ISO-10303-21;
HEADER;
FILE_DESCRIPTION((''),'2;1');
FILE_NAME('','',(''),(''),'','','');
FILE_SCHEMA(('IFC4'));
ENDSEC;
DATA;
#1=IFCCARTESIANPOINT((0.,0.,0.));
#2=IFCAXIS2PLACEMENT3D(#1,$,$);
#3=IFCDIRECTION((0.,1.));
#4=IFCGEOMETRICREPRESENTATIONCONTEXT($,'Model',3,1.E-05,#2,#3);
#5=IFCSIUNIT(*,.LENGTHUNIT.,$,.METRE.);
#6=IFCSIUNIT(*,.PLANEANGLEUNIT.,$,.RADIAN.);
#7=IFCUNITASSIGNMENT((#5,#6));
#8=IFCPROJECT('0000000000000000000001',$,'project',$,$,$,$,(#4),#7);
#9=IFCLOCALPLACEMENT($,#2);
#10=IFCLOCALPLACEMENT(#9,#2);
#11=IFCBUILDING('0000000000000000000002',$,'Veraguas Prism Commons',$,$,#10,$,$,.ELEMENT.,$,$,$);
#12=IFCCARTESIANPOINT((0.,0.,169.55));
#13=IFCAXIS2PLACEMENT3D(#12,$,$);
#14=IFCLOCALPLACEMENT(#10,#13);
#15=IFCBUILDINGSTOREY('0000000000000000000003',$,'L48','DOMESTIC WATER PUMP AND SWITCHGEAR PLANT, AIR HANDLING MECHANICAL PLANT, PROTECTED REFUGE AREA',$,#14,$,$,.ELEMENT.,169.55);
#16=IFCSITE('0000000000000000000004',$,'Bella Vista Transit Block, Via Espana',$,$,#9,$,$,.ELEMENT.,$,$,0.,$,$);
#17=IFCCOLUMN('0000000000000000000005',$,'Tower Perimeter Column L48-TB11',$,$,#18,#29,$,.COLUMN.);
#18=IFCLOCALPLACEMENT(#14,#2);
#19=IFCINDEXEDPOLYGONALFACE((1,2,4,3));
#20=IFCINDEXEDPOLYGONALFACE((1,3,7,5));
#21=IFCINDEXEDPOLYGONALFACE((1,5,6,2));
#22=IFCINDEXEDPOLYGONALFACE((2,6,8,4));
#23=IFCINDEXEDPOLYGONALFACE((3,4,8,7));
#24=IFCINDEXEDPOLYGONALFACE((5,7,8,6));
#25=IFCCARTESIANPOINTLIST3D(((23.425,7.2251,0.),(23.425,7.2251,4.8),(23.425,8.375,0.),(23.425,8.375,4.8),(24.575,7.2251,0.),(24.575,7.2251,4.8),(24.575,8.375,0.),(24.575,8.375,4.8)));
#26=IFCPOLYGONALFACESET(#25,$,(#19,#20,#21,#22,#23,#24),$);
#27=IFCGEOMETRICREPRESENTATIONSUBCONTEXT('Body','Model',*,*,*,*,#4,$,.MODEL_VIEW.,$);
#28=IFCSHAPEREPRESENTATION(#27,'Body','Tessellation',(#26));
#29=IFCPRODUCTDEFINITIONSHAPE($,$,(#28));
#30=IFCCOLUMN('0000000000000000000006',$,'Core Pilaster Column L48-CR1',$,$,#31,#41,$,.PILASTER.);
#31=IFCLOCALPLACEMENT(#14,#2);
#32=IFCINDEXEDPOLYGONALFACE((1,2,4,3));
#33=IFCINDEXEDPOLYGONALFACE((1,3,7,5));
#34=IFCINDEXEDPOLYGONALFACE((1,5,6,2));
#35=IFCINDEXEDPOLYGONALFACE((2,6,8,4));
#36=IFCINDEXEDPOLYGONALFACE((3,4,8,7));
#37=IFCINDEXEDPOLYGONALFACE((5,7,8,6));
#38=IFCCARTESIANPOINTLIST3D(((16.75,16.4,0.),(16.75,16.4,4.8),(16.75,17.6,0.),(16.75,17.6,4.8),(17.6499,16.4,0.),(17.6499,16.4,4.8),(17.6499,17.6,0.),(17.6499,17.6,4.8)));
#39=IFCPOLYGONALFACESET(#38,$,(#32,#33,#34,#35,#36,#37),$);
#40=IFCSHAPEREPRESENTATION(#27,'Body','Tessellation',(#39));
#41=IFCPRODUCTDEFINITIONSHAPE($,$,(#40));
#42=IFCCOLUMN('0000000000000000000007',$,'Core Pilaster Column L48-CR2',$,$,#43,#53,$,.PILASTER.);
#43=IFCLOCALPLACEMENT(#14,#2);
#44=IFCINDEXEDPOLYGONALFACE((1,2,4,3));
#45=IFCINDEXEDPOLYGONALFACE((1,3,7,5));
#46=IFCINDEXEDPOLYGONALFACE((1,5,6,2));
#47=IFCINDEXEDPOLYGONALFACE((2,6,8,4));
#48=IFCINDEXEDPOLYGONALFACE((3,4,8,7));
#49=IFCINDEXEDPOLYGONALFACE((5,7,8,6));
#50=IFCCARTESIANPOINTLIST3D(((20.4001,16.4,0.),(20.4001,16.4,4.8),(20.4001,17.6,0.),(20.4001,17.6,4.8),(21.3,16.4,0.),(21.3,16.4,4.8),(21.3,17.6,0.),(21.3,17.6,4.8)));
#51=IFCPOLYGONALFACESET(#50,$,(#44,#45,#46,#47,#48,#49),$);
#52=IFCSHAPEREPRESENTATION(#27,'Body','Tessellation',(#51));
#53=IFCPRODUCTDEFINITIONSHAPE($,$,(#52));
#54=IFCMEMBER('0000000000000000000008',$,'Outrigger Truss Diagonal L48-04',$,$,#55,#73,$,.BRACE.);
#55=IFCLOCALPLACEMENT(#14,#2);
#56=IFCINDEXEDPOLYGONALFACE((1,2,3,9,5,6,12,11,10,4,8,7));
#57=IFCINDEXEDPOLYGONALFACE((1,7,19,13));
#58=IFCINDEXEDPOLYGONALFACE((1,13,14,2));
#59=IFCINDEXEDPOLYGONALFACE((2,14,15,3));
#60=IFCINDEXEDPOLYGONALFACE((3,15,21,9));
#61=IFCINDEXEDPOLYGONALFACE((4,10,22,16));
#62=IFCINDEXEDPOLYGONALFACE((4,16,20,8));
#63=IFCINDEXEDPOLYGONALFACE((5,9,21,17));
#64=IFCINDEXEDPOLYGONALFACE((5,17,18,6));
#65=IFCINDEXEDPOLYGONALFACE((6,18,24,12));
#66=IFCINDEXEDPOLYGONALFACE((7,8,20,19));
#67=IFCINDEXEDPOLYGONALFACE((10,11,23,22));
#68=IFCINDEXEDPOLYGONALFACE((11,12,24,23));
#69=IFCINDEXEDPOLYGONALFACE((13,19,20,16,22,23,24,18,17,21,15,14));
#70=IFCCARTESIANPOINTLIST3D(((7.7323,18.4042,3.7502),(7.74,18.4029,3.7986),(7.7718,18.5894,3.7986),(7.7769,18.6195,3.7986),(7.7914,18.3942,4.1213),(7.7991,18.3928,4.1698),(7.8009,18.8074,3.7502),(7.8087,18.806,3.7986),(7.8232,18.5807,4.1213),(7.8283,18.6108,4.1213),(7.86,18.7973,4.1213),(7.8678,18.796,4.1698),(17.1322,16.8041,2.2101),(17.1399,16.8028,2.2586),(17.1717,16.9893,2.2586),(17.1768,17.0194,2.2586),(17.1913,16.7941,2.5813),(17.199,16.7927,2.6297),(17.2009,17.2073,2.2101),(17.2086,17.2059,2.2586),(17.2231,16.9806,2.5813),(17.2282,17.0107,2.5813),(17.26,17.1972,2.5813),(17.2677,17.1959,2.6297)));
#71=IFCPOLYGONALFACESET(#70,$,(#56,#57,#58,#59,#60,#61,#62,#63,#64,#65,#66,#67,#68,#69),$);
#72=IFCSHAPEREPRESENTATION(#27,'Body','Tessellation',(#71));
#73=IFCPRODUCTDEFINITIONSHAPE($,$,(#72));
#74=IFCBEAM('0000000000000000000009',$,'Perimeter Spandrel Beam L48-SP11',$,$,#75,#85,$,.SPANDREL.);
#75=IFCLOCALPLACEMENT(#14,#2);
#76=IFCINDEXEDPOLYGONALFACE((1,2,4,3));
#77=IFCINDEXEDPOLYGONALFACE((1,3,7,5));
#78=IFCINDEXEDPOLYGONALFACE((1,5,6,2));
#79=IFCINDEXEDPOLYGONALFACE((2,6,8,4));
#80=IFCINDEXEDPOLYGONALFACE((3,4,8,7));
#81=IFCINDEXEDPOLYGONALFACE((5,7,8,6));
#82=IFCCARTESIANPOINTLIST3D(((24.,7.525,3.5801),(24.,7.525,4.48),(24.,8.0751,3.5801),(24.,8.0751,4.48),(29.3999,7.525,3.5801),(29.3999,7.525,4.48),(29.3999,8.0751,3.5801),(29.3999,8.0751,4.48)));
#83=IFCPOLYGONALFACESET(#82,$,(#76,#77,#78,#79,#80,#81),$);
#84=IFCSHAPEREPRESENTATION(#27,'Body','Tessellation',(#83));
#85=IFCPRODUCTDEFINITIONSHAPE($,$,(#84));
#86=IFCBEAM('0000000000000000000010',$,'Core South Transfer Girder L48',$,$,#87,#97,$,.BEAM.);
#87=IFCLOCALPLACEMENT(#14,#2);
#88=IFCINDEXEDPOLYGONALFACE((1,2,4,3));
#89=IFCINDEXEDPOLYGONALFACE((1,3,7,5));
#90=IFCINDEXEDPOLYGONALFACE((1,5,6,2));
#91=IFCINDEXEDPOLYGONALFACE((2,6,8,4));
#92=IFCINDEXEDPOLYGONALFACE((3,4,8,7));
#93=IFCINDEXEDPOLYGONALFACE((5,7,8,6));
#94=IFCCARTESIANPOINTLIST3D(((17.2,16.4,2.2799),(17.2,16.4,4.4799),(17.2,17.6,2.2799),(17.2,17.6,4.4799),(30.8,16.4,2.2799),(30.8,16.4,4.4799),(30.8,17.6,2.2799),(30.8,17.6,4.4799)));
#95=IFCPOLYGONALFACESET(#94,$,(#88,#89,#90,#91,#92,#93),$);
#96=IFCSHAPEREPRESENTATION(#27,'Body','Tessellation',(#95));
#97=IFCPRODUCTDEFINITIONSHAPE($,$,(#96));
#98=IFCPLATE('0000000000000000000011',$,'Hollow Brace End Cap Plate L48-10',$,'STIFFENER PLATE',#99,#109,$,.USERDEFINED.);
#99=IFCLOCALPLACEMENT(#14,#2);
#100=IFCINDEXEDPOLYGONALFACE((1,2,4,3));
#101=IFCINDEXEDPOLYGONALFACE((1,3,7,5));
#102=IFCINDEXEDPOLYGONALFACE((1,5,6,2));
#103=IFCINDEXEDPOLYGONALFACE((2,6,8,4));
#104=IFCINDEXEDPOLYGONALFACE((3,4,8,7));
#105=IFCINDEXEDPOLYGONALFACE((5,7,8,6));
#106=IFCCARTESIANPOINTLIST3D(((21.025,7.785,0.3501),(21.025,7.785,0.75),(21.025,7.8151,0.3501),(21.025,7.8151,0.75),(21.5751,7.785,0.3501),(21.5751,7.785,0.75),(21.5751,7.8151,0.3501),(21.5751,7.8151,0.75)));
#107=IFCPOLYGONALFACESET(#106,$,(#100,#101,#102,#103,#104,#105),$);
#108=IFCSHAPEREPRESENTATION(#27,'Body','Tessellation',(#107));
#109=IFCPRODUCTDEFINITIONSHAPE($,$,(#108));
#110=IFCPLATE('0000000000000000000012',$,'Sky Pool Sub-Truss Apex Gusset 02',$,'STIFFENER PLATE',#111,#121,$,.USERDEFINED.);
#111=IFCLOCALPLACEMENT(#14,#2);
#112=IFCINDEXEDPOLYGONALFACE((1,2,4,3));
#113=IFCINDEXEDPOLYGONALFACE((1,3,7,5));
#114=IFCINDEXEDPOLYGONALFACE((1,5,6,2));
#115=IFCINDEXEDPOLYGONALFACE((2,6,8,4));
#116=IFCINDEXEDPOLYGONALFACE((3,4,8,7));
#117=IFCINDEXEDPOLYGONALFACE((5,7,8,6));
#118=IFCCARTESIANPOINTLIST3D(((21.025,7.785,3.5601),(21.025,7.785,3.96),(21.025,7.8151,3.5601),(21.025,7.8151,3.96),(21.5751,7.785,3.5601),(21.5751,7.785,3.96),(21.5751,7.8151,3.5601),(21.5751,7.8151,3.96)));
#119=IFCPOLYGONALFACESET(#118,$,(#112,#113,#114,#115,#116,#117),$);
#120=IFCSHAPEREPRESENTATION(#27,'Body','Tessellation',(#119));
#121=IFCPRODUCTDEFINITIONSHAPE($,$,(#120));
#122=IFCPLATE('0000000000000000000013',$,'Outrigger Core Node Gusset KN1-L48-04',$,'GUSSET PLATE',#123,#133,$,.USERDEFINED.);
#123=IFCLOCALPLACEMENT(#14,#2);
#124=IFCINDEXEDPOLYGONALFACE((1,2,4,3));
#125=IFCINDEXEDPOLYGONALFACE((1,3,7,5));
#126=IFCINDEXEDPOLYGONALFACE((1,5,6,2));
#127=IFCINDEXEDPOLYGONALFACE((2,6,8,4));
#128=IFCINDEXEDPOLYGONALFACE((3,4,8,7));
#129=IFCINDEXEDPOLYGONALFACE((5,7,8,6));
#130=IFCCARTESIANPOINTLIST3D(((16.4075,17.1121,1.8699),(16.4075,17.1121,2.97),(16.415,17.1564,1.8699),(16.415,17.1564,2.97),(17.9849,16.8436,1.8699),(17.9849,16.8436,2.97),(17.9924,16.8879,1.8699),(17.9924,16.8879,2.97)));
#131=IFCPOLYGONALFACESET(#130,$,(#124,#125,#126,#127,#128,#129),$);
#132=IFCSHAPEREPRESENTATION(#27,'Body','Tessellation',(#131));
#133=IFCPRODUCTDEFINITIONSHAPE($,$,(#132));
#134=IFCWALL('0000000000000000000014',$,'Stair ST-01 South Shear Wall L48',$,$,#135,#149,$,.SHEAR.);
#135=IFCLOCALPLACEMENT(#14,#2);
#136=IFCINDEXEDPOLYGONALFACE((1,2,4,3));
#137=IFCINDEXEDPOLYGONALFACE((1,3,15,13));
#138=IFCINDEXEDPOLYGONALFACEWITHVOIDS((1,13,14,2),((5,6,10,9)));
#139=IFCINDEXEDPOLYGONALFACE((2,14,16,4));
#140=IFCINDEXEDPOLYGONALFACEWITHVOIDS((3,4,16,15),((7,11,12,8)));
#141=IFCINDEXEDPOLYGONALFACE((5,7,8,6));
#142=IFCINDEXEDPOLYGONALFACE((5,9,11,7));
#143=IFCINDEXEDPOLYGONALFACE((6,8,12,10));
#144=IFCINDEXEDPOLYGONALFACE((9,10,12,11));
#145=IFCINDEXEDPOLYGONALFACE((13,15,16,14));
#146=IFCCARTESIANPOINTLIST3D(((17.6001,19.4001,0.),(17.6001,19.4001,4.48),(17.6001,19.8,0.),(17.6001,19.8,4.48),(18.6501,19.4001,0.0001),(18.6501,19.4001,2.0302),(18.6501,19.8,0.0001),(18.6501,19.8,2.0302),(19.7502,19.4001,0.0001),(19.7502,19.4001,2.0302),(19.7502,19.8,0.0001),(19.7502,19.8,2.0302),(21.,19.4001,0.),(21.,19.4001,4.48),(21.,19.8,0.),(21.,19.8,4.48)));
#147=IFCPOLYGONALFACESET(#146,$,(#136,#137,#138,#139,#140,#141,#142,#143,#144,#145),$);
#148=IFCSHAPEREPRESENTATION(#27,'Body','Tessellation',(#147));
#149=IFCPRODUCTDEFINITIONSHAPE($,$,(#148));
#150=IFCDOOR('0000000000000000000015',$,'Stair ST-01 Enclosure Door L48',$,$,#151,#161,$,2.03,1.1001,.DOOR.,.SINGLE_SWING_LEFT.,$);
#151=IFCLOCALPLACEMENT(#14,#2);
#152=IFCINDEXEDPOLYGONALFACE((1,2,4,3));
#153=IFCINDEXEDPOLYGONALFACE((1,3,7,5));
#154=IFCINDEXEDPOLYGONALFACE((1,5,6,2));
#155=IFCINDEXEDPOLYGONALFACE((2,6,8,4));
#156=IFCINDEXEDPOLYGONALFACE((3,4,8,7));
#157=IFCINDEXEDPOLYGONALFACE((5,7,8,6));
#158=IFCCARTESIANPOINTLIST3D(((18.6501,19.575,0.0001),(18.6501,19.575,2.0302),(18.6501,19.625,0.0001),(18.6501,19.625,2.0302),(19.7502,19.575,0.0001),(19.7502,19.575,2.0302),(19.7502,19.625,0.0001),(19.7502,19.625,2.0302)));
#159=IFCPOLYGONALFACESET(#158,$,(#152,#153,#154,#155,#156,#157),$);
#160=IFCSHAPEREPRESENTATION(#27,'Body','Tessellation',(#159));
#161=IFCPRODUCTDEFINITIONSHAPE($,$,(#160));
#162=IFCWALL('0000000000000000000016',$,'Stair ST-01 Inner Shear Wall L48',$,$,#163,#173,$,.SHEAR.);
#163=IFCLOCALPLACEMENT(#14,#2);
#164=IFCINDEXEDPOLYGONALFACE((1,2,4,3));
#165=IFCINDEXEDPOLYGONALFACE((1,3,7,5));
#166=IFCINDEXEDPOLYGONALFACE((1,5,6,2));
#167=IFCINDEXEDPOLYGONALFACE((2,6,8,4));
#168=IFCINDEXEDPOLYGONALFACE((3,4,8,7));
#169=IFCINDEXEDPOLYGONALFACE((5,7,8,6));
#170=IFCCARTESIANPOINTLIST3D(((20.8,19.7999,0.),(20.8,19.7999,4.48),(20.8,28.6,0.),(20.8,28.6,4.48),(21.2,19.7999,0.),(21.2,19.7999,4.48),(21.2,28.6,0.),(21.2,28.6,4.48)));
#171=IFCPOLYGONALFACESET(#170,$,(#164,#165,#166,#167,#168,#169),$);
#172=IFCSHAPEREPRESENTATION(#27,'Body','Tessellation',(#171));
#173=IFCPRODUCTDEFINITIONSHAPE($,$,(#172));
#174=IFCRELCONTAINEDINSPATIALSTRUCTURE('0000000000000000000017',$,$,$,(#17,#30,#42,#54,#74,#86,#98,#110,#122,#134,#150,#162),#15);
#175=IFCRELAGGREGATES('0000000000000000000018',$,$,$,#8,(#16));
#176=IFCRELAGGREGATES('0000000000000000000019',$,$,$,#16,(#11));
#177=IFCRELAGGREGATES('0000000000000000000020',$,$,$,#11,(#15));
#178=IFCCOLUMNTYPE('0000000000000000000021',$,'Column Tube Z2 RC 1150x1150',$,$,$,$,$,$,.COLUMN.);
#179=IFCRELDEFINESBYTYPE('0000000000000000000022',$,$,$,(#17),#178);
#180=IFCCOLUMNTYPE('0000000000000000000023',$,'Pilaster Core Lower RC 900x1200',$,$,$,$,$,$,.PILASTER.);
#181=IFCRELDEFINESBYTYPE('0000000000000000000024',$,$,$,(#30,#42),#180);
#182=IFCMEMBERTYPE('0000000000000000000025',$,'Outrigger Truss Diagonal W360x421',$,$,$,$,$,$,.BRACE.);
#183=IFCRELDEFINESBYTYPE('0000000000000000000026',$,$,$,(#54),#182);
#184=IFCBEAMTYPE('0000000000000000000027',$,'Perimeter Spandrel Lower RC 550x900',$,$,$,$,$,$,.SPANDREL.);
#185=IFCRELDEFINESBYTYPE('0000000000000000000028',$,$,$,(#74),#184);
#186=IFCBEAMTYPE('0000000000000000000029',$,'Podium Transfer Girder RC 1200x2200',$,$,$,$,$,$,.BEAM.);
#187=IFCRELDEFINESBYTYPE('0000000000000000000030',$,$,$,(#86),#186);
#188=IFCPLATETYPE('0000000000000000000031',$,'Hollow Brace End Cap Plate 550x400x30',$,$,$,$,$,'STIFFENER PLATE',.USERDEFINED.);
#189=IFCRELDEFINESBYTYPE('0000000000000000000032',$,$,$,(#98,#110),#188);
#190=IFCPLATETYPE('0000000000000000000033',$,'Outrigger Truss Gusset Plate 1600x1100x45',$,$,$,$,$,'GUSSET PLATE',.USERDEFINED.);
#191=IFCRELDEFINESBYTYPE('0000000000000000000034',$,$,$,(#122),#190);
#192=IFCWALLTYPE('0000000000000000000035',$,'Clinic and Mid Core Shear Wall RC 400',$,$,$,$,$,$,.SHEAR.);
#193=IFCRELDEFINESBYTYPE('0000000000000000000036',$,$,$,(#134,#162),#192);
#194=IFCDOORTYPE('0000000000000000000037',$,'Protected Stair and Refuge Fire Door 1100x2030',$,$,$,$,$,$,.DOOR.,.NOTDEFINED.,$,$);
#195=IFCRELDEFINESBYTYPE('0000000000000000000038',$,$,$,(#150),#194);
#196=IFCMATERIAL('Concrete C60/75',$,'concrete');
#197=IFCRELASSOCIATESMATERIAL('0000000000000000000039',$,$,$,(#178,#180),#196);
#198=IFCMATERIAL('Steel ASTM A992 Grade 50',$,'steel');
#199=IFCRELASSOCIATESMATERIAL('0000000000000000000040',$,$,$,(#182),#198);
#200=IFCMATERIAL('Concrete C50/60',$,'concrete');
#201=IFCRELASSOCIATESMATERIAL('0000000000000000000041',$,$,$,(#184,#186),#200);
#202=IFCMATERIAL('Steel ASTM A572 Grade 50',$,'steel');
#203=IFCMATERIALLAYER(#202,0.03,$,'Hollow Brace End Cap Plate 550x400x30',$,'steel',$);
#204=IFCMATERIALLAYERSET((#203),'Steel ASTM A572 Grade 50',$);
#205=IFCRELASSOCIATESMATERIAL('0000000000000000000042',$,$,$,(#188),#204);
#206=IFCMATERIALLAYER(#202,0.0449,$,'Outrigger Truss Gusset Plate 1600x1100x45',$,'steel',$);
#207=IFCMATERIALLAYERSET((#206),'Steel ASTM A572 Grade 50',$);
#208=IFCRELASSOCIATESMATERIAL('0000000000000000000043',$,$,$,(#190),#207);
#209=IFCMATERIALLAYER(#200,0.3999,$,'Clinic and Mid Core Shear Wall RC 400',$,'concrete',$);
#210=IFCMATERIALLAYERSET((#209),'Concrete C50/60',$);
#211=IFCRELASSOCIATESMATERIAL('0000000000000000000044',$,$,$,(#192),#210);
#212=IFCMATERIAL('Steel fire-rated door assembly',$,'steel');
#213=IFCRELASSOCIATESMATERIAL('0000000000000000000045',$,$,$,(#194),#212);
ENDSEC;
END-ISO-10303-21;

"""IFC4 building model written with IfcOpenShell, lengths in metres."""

from ifc_helpers import new_model, si_unit, direction, frame, frame_2d, origin, origin_2d, place, context, subcontext, project, spatial, rectangle, i_section, extrude, source, transform, mapped, material, layer, layer_set, material_profile, profile_set, type_object, element, fill, save


model = new_model("IFC4")

# Units and contexts
model_context = context("Model", 3, precision=1e-05, world=origin(), true_north=direction((0.0, 1.0)))
body_context = subcontext(model_context, "Body", "Model", "MODEL_VIEW")
ifc_project = project(units=[si_unit("LENGTHUNIT", "METRE"), si_unit("PLANEANGLEUNIT", "RADIAN")], contexts=[model_context])

# Site, building, storey
site_placement = place(None, origin())
site = spatial("IfcSite", under=ifc_project, at=site_placement, Name="Bella Vista Transit Block, Via Espana", CompositionType="ELEMENT", RefElevation=0.0)
building_placement = place(site_placement, origin())
building = spatial("IfcBuilding", under=site, at=building_placement, Name="Veraguas Prism Commons", CompositionType="ELEMENT")
storey_placement = place(building_placement, frame((0.0, 0.0, 169.55)))
storey = spatial("IfcBuildingStorey", under=building, at=storey_placement, Name="L48", Description="DOMESTIC WATER PUMP AND SWITCHGEAR PLANT, AIR HANDLING MECHANICAL PLANT, PROTECTED REFUGE AREA", CompositionType="ELEMENT", Elevation=169.55)

# Columns
ifc_material_1 = material(Name="Concrete C60/75", Category="concrete")
ifc_material_profile_1 = material_profile(ifc_material_1, rectangle(XDim=1.1499, YDim=1.1499, at=origin_2d()), Name="RC1150X1150")
ifc_profile_set_1 = profile_set([ifc_material_profile_1], Name="Concrete C60/75")
column_type_1 = type_object("IfcColumnType", Name="Column Tube Z2 RC 1150x1150", PredefinedType="COLUMN", material=ifc_profile_set_1)
column_placement = place(storey_placement, frame((24.0, 7.8, 0.0), z_axis=(0.0, 0.0, 1.0), x_axis=(1.0, 0.0, 0.0)))
element("IfcColumn", 1, at=column_placement, inside=storey, type_object=column_type_1, Name="Tower Perimeter Column L48-TB11", PredefinedType="COLUMN", context=body_context, shape_type="SweptSolid", body=[
    extrude(rectangle(XDim=1.1499, YDim=1.1499, at=origin_2d()), origin(), (0.0, 0.0, 1.0), 4.8),
])
ifc_material_profile_2 = material_profile(ifc_material_1, rectangle(XDim=0.8999, YDim=1.2, at=origin_2d()), Name="RC900X1200")
ifc_profile_set_2 = profile_set([ifc_material_profile_2], Name="Concrete C60/75")
column_type_2 = type_object("IfcColumnType", Name="Pilaster Core Lower RC 900x1200", PredefinedType="PILASTER", material=ifc_profile_set_2)
for number, where, z_axis, x_axis, name in (
    (2, (17.2, 17.0, 0.0), (0.0, 0.0, 1.0), (1.0, 0.0, 0.0), "Core Pilaster Column L48-CR1"),
    (3, (20.8501, 17.0, 0.0), (0.0, 0.0, 1.0), (1.0, 0.0, 0.0), "Core Pilaster Column L48-CR2"),
):
    element("IfcColumn", number, at=place(storey_placement, frame(where, z_axis=z_axis, x_axis=x_axis)), inside=storey, type_object=column_type_2, Name=name, PredefinedType="PILASTER", context=body_context, shape_type="SweptSolid", body=[
        extrude(rectangle(XDim=0.8999, YDim=1.2, at=origin_2d()), origin(), (0.0, 0.0, 1.0), 4.8),
    ])

# Member
ifc_material_2 = material(Name="Steel ASTM A992 Grade 50", Category="steel")
ifc_material_profile_3 = material_profile(ifc_material_2, i_section(OverallWidth=0.4089, OverallDepth=0.425, WebThickness=0.0305, FlangeThickness=0.0491, at=origin_2d()), Name="W360X421")
ifc_profile_set_3 = profile_set([ifc_material_profile_3], Name="Steel ASTM A992 Grade 50")
member_type = type_object("IfcMemberType", Name="Outrigger Truss Diagonal W360x421", PredefinedType="BRACE", material=ifc_profile_set_3)
member_placement = place(storey_placement, frame((17.2, 17.0, 2.4199), z_axis=(-0.973207, 0.165664, 0.159446), x_axis=(-0.167811, -0.985819, 0.0)))
element("IfcMember", 4, at=member_placement, inside=storey, type_object=member_type, Name="Outrigger Truss Diagonal L48-04", PredefinedType="BRACE", context=body_context, shape_type="SweptSolid", body=[
    extrude(i_section(OverallWidth=0.4089, OverallDepth=0.425, WebThickness=0.0305, FlangeThickness=0.0491, at=origin_2d()), origin(), (0.0, 0.0, 1.0), 9.6587),
])

# Beams
ifc_material_3 = material(Name="Concrete C50/60", Category="concrete")
ifc_material_profile_4 = material_profile(ifc_material_3, rectangle(XDim=0.55, YDim=0.8999, at=origin_2d()), Name="RC550X900")
ifc_profile_set_4 = profile_set([ifc_material_profile_4], Name="Concrete C50/60")
beam_type_1 = type_object("IfcBeamType", Name="Perimeter Spandrel Lower RC 550x900", PredefinedType="SPANDREL", material=ifc_profile_set_4)
beam_1_placement = place(storey_placement, frame((24.0, 7.8, 4.03), z_axis=(1.0, 0.0, 0.0), x_axis=(0.0, 1.0, 0.0)))
element("IfcBeam", 5, at=beam_1_placement, inside=storey, type_object=beam_type_1, Name="Perimeter Spandrel Beam L48-SP11", PredefinedType="SPANDREL", context=body_context, shape_type="SweptSolid", body=[
    extrude(rectangle(XDim=0.55, YDim=0.8999, at=origin_2d()), origin(), (0.0, 0.0, 1.0), 5.3999),
])
ifc_material_profile_5 = material_profile(ifc_material_3, rectangle(XDim=1.2, YDim=2.2, at=origin_2d()), Name="RC1200X2200")
ifc_profile_set_5 = profile_set([ifc_material_profile_5], Name="Concrete C50/60")
beam_type_2 = type_object("IfcBeamType", Name="Podium Transfer Girder RC 1200x2200", PredefinedType="BEAM", material=ifc_profile_set_5)
beam_2_placement = place(storey_placement, frame((17.2, 17.0, 3.3799), z_axis=(1.0, 0.0, 0.0), x_axis=(0.0, 1.0, 0.0)))
element("IfcBeam", 6, at=beam_2_placement, inside=storey, type_object=beam_type_2, Name="Core South Transfer Girder L48", PredefinedType="BEAM", context=body_context, shape_type="SweptSolid", body=[
    extrude(rectangle(XDim=1.2, YDim=2.2, at=origin_2d()), origin(), (0.0, 0.0, 1.0), 13.6001),
])

# Plates
ifc_material_4 = material(Name="Steel ASTM A572 Grade 50", Category="steel")
ifc_layer_1 = layer(ifc_material_4, 0.03, Name="Hollow Brace End Cap Plate 550x400x30", Category="steel")
ifc_layer_set_1 = layer_set([ifc_layer_1], Name="Steel ASTM A572 Grade 50")
plate_type_1 = type_object("IfcPlateType", Name="Hollow Brace End Cap Plate 550x400x30", ElementType="STIFFENER PLATE", PredefinedType="USERDEFINED", material=ifc_layer_set_1)
shared_shape_1 = source(origin(), body_context, "Body", "SweptSolid", [
    extrude(rectangle(XDim=0.55, YDim=0.03, at=origin_2d()), origin(), (0.0, 0.0, 1.0), 0.3999),
])
for number, where, z_axis, x_axis, name in (
    (7, (21.3, 7.8, 0.3501), (0.0, 0.0, 1.0), (1.0, 0.0, 0.0), "Hollow Brace End Cap Plate L48-10"),
    (8, (21.3, 7.8, 3.5601), (0.0, 0.0, 1.0), (1.0, 0.0, 0.0), "Sky Pool Sub-Truss Apex Gusset 02"),
):
    element("IfcPlate", number, at=place(storey_placement, frame(where, z_axis=z_axis, x_axis=x_axis)), inside=storey, type_object=plate_type_1, Name=name, ObjectType="STIFFENER PLATE", PredefinedType="USERDEFINED", context=body_context, shape_type="MappedRepresentation", body=[
        mapped(shared_shape_1, transform((0.0, 0.0, 0.0), scale=1.0)),
    ])
ifc_layer_2 = layer(ifc_material_4, 0.0449, Name="Outrigger Truss Gusset Plate 1600x1100x45", Category="steel")
ifc_layer_set_2 = layer_set([ifc_layer_2], Name="Steel ASTM A572 Grade 50")
plate_type_2 = type_object("IfcPlateType", Name="Outrigger Truss Gusset Plate 1600x1100x45", ElementType="GUSSET PLATE", PredefinedType="USERDEFINED", material=ifc_layer_set_2)
shared_shape_2 = source(origin(), body_context, "Body", "SweptSolid", [
    extrude(rectangle(XDim=1.6001, YDim=0.0449, at=origin_2d()), origin(), (0.0, 0.0, 1.0), 1.1001),
])
plate_placement = place(storey_placement, frame((17.2, 17.0, 1.8699), z_axis=(0.0, 0.0, 1.0), x_axis=(-0.985821, 0.167799, 0.0)))
element("IfcPlate", 9, at=plate_placement, inside=storey, type_object=plate_type_2, Name="Outrigger Core Node Gusset KN1-L48-04", ObjectType="GUSSET PLATE", PredefinedType="USERDEFINED", context=body_context, shape_type="MappedRepresentation", body=[
    mapped(shared_shape_2, transform((0.0, 0.0, 0.0), scale=1.0)),
])

# Wall, opening, door
ifc_layer_3 = layer(ifc_material_3, 0.3999, Name="Clinic and Mid Core Shear Wall RC 400", Category="concrete")
ifc_layer_set_3 = layer_set([ifc_layer_3], Name="Concrete C50/60")
wall_type_1 = type_object("IfcWallType", Name="Clinic and Mid Core Shear Wall RC 400", PredefinedType="SHEAR", material=ifc_layer_set_3)
wall_1_placement = place(storey_placement, frame((17.6001, 19.6001, 0.0), z_axis=(0.0, 0.0, 1.0), x_axis=(1.0, 0.0, 0.0)))
wall_1 = element("IfcWall", 10, at=wall_1_placement, inside=storey, type_object=wall_type_1, Name="Stair ST-01 South Shear Wall L48", PredefinedType="SHEAR", context=body_context, shape_type="SweptSolid", body=[
    extrude(rectangle(XDim=3.3999, YDim=0.3999, at=frame_2d((1.7, 0.0))), origin(), (0.0, 0.0, 1.0), 4.48),
])
opening_1_placement = place(wall_1_placement, frame((1.05, 0.0, 0.0)))
opening_1 = element("IfcOpeningElement", 11, at=opening_1_placement, cuts=wall_1, PredefinedType="OPENING", context=body_context, shape_type="SweptSolid", body=[
    extrude(rectangle(XDim=1.1001, YDim=2.03, at=frame_2d((0.55, 1.0151))), frame((0.0, 0.21, 0.0), z_axis=(0.0, -1.0, 0.0), x_axis=(1.0, 0.0, 0.0)), (0.0, 0.0, 1.0), 0.4199),
])
ifc_material_5 = material(Name="Steel fire-rated door assembly", Category="steel")
door_type_1 = type_object("IfcDoorType", Name="Protected Stair and Refuge Fire Door 1100x2030", OperationType="NOTDEFINED", PredefinedType="DOOR", material=ifc_material_5)
shared_shape_3 = source(origin(), body_context, "Body", "SweptSolid", [
    extrude(rectangle(XDim=1.1001, YDim=2.03, at=frame_2d((0.55, 1.0151))), frame((0.0, 0.0249, 0.0), z_axis=(0.0, -1.0, 0.0), x_axis=(1.0, 0.0, 0.0)), (0.0, 0.0, 1.0), 0.05),
])
door_1_placement = place(opening_1_placement, origin())
door_1 = element("IfcDoor", 12, at=door_1_placement, inside=storey, type_object=door_type_1, Name="Stair ST-01 Enclosure Door L48", OperationType="SINGLE_SWING_LEFT", OverallHeight=2.03, OverallWidth=1.1001, PredefinedType="DOOR", context=body_context, shape_type="MappedRepresentation", body=[
    mapped(shared_shape_3, transform((0.0, 0.0, 0.0), scale=1.0)),
])
fill(opening_1, door_1)

# Wall
wall_2_placement = place(storey_placement, frame((21.0, 19.8, 0.0), z_axis=(0.0, 0.0, 1.0), x_axis=(0.0, 1.0, 0.0)))
element("IfcWall", 13, at=wall_2_placement, inside=storey, type_object=wall_type_1, Name="Stair ST-01 Inner Shear Wall L48", PredefinedType="SHEAR", context=body_context, shape_type="SweptSolid", body=[
    extrude(rectangle(XDim=8.8, YDim=0.3999, at=frame_2d((4.3999, 0.0))), origin(), (0.0, 0.0, 1.0), 4.48),
])

save(model, "model.ifc")
